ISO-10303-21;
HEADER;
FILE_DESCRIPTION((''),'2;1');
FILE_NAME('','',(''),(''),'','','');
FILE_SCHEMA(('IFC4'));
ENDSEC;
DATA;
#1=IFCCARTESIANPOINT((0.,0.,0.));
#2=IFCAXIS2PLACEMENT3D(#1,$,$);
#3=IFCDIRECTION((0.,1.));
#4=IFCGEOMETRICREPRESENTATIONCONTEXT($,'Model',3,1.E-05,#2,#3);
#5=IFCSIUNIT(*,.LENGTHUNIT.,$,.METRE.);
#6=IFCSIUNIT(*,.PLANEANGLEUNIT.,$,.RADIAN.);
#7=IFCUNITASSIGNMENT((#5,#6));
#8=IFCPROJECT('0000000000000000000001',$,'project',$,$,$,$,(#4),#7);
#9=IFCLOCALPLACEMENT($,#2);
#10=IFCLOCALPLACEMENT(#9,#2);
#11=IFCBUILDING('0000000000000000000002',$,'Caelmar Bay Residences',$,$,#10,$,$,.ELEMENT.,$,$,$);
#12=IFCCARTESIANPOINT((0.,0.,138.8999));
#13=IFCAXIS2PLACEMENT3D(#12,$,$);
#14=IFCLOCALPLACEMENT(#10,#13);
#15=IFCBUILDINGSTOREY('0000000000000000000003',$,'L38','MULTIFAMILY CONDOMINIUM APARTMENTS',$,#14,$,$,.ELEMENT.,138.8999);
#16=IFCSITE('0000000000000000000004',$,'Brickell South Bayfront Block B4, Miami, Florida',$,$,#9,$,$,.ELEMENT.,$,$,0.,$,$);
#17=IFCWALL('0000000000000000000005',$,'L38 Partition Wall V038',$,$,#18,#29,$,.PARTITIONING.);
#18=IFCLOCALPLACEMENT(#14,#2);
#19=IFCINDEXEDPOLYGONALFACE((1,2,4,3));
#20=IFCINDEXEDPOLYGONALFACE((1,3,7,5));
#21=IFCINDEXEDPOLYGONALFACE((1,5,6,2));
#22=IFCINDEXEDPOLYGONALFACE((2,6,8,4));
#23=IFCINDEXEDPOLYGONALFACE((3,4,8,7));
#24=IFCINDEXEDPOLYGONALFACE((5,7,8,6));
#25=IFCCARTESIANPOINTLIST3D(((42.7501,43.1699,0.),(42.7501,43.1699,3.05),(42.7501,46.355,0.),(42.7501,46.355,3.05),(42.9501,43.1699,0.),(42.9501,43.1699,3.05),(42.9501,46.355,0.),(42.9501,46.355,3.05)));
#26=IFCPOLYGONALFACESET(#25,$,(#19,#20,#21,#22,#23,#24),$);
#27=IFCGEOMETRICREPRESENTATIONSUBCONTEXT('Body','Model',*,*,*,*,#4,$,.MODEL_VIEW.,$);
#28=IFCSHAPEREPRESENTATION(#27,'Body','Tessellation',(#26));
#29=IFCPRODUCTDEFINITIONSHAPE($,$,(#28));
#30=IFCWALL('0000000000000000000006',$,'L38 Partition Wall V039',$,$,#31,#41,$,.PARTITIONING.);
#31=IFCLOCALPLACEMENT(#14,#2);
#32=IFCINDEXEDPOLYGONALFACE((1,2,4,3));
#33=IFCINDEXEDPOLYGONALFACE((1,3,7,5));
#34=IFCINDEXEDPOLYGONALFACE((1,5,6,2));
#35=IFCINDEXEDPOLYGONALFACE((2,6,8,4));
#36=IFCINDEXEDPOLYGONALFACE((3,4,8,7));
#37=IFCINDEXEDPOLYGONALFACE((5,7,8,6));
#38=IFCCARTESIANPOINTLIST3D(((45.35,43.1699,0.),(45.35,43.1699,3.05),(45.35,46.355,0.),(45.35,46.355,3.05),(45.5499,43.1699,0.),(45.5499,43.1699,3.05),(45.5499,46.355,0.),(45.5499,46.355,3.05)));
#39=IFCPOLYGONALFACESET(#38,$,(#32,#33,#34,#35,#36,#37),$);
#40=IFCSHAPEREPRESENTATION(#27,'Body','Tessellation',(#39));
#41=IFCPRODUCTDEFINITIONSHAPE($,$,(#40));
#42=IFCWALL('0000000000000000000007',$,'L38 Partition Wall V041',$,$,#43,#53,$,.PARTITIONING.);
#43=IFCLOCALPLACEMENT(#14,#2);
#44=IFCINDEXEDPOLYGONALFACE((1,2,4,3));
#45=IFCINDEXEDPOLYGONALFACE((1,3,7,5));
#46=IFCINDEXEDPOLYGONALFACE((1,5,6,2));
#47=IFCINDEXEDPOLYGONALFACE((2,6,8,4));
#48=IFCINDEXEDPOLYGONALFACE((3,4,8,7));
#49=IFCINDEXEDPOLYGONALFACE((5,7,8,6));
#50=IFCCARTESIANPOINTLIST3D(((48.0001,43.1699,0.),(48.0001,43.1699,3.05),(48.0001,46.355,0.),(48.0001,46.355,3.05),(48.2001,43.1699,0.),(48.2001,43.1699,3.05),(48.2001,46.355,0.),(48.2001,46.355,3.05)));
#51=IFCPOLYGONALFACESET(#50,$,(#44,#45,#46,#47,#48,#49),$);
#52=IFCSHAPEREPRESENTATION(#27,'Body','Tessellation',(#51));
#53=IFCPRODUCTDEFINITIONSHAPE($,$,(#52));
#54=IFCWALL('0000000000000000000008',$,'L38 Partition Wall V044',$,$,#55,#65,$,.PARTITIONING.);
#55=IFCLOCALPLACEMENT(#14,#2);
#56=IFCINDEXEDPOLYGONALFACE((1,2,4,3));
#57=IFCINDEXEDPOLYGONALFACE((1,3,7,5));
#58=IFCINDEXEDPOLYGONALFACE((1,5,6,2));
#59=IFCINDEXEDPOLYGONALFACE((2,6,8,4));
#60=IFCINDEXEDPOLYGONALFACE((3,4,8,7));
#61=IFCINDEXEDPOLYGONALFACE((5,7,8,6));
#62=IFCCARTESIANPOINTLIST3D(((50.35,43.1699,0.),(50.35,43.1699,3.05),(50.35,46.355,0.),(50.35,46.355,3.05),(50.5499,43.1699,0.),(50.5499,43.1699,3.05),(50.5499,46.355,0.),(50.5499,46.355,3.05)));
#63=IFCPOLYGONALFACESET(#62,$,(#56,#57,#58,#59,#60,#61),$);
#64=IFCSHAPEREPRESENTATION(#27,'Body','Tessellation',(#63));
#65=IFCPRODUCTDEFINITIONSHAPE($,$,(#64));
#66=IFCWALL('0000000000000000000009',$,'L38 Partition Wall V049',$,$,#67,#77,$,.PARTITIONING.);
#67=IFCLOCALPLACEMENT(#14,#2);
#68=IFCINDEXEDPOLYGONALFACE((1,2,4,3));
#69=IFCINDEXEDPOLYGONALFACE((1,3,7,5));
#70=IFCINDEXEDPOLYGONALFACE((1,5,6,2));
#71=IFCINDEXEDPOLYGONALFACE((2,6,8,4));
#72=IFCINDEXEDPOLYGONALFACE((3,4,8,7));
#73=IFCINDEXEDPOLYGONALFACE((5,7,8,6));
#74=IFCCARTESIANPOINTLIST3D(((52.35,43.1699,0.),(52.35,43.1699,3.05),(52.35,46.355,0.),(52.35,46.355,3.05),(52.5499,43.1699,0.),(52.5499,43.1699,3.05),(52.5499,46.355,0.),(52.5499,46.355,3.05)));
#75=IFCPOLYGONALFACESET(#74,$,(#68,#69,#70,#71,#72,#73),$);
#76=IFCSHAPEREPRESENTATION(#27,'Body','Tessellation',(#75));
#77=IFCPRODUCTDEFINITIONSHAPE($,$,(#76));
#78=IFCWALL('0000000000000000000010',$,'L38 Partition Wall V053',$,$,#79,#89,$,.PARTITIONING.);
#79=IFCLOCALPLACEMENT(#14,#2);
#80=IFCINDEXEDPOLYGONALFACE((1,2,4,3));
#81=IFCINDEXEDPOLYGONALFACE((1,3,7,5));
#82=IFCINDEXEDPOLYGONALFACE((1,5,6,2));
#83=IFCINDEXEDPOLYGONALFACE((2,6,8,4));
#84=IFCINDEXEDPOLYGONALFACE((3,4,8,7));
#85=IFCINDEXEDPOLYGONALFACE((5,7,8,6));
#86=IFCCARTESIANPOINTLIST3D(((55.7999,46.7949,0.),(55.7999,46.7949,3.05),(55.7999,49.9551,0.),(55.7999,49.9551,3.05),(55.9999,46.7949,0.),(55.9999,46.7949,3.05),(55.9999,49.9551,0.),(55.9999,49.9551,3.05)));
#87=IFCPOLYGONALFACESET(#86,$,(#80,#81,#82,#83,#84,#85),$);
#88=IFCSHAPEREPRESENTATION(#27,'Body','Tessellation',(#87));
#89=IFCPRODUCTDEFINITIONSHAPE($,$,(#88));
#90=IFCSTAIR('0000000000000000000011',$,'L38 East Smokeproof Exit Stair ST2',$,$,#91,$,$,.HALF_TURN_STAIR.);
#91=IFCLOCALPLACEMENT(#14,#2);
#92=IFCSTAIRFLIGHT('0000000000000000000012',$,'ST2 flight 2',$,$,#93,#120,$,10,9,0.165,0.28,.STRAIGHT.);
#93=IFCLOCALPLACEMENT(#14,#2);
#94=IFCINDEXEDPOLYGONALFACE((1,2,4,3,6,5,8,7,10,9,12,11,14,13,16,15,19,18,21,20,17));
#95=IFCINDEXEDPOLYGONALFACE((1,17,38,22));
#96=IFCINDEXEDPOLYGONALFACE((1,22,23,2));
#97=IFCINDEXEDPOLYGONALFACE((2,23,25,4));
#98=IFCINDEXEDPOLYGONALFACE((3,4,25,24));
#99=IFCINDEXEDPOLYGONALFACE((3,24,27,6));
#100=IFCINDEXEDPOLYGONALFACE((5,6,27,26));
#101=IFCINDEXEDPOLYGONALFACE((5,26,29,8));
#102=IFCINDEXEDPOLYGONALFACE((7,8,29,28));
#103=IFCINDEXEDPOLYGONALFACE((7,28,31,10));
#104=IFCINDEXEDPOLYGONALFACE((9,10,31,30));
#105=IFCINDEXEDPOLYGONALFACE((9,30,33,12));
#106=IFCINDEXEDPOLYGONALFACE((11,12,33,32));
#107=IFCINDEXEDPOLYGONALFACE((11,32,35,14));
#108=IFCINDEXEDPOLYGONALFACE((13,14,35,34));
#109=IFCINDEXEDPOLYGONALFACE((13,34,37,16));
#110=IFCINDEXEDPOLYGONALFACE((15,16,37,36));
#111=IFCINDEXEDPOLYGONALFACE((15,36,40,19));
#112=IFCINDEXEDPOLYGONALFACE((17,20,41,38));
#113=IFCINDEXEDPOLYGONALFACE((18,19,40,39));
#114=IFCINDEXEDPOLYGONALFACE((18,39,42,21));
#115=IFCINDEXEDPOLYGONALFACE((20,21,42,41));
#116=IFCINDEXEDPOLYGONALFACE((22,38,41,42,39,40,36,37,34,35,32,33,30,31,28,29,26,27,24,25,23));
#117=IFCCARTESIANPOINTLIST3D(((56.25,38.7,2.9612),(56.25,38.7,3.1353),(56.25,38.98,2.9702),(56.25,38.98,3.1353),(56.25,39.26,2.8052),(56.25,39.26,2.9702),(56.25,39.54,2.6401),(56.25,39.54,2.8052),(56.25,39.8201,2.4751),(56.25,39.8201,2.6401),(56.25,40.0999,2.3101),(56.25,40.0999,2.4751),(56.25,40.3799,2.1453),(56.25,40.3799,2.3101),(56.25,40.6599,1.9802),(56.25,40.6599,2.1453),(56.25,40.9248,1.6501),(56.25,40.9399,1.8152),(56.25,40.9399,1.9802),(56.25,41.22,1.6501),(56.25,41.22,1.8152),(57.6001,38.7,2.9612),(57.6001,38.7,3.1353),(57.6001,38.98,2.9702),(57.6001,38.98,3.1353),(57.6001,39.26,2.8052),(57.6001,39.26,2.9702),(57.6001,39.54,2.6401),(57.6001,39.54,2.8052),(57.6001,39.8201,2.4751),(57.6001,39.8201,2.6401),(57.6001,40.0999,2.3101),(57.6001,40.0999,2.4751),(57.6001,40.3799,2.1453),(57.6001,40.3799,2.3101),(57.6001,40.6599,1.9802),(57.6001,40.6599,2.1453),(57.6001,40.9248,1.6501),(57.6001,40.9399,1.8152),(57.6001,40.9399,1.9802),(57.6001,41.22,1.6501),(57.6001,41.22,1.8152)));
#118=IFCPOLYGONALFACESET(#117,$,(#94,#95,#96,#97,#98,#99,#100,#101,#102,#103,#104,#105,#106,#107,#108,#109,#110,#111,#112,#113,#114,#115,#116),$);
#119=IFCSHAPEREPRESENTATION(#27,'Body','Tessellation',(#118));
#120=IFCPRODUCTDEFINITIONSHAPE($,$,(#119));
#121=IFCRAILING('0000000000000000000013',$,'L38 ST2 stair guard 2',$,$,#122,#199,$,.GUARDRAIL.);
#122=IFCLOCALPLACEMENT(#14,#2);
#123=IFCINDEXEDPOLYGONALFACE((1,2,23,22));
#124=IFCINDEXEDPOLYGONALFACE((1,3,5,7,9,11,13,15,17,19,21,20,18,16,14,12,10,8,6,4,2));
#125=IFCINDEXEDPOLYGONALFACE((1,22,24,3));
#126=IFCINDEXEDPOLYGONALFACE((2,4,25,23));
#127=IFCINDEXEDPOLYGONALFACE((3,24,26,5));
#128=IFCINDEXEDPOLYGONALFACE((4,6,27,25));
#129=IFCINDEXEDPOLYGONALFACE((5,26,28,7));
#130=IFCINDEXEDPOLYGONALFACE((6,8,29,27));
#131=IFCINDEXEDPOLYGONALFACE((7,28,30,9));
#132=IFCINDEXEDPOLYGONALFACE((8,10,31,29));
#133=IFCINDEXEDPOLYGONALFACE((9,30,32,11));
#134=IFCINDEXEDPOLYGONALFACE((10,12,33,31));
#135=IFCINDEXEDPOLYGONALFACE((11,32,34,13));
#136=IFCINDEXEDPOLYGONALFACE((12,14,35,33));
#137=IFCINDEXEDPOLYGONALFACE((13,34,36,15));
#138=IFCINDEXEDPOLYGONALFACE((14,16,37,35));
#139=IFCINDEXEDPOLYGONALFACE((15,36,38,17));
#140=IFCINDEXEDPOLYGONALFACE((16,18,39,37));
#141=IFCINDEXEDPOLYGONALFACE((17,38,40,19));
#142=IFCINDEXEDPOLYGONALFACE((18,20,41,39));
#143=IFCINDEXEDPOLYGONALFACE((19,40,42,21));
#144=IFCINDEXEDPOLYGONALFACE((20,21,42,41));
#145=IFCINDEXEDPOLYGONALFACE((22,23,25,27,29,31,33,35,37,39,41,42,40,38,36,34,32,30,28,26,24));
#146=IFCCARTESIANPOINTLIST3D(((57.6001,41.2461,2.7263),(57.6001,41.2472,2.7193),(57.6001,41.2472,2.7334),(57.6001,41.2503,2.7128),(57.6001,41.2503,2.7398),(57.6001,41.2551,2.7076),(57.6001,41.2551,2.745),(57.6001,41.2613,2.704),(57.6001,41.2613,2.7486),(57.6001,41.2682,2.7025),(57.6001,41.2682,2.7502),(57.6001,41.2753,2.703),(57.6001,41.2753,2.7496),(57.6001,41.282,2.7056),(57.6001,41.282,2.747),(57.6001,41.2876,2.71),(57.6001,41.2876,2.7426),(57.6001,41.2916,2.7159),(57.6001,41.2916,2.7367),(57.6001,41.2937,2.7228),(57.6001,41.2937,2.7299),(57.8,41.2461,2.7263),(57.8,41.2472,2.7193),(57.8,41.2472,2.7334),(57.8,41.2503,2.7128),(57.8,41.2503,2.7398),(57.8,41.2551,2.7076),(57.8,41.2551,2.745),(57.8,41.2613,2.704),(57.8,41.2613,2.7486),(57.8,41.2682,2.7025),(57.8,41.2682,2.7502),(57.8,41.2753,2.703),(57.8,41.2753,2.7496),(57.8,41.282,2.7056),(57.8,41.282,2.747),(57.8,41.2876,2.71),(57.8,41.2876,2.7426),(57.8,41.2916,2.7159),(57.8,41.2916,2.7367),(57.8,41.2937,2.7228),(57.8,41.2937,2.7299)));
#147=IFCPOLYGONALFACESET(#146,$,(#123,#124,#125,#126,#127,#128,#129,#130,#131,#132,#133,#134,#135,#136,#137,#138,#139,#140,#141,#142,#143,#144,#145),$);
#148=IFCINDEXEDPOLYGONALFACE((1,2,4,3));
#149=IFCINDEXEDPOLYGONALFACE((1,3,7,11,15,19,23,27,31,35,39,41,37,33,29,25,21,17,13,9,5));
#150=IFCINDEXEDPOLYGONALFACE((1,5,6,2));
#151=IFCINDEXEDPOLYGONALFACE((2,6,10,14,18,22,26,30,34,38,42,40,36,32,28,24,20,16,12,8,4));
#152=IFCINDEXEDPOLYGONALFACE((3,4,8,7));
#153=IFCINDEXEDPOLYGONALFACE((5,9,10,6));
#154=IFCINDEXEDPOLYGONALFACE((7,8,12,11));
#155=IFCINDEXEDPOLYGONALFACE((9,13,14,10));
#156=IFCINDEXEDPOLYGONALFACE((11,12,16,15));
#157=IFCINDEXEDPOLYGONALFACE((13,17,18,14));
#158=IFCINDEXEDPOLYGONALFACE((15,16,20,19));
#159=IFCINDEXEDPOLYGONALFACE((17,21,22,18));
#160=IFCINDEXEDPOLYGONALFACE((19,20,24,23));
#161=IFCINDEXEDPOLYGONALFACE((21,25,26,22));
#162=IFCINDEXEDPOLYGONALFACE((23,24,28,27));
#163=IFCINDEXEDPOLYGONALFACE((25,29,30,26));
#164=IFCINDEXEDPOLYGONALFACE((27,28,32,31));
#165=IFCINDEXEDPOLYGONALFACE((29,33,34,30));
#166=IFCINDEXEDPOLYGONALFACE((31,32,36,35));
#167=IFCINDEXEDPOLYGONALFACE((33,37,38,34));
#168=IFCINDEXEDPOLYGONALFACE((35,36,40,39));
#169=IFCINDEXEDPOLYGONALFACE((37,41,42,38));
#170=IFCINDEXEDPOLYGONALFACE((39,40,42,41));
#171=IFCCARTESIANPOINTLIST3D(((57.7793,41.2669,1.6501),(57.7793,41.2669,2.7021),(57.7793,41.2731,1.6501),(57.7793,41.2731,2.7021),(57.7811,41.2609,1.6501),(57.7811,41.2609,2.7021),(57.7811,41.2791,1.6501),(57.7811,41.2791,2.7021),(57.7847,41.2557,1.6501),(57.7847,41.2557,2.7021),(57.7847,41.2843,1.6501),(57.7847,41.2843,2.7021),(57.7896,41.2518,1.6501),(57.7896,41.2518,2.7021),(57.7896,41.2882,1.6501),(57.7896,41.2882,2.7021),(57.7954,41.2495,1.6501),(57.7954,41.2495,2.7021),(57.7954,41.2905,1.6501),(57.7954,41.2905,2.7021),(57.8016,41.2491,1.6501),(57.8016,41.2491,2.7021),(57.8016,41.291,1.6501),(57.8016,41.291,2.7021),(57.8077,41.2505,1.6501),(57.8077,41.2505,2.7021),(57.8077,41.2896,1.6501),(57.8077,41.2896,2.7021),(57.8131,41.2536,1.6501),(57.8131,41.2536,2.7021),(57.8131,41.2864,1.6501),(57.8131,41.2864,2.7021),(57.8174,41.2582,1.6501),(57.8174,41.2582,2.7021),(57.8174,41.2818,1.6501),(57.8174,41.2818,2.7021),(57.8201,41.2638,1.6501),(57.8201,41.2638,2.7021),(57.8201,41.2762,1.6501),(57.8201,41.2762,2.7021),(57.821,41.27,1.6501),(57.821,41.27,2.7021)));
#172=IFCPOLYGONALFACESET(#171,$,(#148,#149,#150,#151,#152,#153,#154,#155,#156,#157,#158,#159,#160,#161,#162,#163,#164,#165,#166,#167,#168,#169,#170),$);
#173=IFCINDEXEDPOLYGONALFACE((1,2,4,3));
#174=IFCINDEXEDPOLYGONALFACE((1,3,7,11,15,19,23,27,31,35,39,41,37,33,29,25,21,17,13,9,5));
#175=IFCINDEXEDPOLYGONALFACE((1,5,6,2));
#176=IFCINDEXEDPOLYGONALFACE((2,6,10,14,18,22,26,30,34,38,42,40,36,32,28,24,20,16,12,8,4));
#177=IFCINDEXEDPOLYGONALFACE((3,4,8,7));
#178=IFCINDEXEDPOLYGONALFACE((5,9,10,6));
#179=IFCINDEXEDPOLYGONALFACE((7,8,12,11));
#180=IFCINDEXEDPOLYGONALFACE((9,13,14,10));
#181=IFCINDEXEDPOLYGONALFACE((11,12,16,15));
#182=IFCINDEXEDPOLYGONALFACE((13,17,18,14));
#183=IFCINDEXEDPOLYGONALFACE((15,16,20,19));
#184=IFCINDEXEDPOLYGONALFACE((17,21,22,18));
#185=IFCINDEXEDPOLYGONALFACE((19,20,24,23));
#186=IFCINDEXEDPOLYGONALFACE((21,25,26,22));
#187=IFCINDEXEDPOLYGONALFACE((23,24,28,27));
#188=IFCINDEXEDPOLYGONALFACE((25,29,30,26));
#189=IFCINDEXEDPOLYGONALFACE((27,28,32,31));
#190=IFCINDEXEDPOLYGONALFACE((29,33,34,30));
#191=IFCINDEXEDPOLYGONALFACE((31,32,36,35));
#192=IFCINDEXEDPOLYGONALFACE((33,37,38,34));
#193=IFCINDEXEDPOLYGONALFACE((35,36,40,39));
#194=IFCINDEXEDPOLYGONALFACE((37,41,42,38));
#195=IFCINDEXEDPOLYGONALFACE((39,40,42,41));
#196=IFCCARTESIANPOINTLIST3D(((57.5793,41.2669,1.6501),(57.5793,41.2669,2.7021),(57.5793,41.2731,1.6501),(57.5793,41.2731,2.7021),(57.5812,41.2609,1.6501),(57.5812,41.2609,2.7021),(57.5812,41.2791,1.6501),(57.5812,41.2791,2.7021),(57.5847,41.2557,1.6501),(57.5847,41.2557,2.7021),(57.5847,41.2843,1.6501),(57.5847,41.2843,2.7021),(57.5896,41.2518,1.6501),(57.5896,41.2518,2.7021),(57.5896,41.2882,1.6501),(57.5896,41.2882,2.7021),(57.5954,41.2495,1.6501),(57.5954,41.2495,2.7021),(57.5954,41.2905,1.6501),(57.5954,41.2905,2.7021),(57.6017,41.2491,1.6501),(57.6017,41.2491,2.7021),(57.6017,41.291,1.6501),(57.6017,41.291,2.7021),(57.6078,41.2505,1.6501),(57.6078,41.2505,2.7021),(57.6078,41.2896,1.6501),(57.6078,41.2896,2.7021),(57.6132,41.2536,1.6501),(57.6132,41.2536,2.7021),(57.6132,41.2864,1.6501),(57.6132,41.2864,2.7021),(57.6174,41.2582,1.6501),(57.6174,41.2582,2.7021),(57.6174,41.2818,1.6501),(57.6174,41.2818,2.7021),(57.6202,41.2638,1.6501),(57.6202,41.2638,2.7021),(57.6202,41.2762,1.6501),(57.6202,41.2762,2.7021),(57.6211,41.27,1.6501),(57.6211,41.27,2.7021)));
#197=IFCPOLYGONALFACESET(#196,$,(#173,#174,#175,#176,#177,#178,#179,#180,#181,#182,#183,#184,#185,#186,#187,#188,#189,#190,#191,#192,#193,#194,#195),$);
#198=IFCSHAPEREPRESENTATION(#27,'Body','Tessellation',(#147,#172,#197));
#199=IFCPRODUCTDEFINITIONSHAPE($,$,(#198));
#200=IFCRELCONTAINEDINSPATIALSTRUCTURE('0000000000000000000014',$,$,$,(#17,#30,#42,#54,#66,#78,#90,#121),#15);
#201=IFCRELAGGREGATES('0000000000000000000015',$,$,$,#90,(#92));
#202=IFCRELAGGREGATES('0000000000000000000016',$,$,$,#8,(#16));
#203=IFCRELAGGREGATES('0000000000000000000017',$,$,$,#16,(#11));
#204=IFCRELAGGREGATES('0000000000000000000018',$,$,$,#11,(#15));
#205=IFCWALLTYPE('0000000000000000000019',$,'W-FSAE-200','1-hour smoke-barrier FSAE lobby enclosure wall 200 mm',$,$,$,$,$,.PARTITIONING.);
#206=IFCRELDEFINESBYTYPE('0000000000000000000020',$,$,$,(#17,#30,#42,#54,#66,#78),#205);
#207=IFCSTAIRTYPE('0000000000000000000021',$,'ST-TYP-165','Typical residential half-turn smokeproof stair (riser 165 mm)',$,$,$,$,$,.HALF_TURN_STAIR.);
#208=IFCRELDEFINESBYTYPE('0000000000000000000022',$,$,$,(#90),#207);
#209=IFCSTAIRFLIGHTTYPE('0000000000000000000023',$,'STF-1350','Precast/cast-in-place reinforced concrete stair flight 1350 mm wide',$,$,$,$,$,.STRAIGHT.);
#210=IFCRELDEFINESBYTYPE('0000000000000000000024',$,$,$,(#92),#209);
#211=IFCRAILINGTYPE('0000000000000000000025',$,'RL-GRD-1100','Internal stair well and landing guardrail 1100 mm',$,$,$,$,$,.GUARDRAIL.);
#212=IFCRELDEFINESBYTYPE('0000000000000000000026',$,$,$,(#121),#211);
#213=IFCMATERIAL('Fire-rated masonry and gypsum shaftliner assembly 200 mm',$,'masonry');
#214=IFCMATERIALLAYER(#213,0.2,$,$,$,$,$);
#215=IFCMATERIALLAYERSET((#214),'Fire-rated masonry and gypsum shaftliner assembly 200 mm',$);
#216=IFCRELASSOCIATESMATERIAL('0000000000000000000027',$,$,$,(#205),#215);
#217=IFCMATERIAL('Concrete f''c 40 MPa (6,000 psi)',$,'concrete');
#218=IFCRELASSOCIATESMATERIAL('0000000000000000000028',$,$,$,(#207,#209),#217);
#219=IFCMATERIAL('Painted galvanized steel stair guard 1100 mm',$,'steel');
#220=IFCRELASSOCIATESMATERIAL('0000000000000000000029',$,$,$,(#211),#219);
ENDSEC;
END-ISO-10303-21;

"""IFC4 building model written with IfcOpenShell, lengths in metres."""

from ifc_helpers import new_model, si_unit, direction, frame, frame_2d, origin, origin_2d, place, context, subcontext, project, spatial, polyline, rectangle, circle, outline, extrude, material, layer, layer_set, type_object, element, aggregate, save


model = new_model("IFC4")

# Units and contexts
model_context = context("Model", 3, precision=1e-05, world=origin(), true_north=direction((0.0, 1.0)))
body_context = subcontext(model_context, "Body", "Model", "MODEL_VIEW")
ifc_project = project(units=[si_unit("LENGTHUNIT", "METRE"), si_unit("PLANEANGLEUNIT", "RADIAN")], contexts=[model_context])

# Site, building, storey
site_placement = place(None, origin())
site = spatial("IfcSite", under=ifc_project, at=site_placement, Name="Brickell South Bayfront Block B4, Miami, Florida", CompositionType="ELEMENT", RefElevation=0.0)
building_placement = place(site_placement, origin())
building = spatial("IfcBuilding", under=site, at=building_placement, Name="Caelmar Bay Residences", CompositionType="ELEMENT")
storey_placement = place(building_placement, frame((0.0, 0.0, 138.8999)))
storey = spatial("IfcBuildingStorey", under=building, at=storey_placement, Name="L38", Description="MULTIFAMILY CONDOMINIUM APARTMENTS", CompositionType="ELEMENT", Elevation=138.8999)

# Walls
ifc_material_1 = material(Name="Fire-rated masonry and gypsum shaftliner assembly 200 mm", Category="masonry")
ifc_layer_1 = layer(ifc_material_1, 0.2)
ifc_layer_set_1 = layer_set([ifc_layer_1], Name="Fire-rated masonry and gypsum shaftliner assembly 200 mm")
wall_type_1 = type_object("IfcWallType", Name="W-FSAE-200", Description="1-hour smoke-barrier FSAE lobby enclosure wall 200 mm", PredefinedType="PARTITIONING", material=ifc_layer_set_1)
for number, where, z_axis, x_axis, name in (
    (1, (42.8501, 43.1699, 0.0), (0.0, 0.0, 1.0), (0.0, 1.0, 0.0), "L38 Partition Wall V038"),
    (2, (45.45, 43.1699, 0.0), (0.0, 0.0, 1.0), (0.0, 1.0, 0.0), "L38 Partition Wall V039"),
    (3, (48.1001, 43.1699, 0.0), (0.0, 0.0, 1.0), (0.0, 1.0, 0.0), "L38 Partition Wall V041"),
    (4, (50.45, 43.1699, 0.0), (0.0, 0.0, 1.0), (0.0, 1.0, 0.0), "L38 Partition Wall V044"),
    (5, (52.45, 43.1699, 0.0), (0.0, 0.0, 1.0), (0.0, 1.0, 0.0), "L38 Partition Wall V049"),
):
    element("IfcWall", number, at=place(storey_placement, frame(where, z_axis=z_axis, x_axis=x_axis)), inside=storey, type_object=wall_type_1, Name=name, PredefinedType="PARTITIONING", context=body_context, shape_type="SweptSolid", body=[
        extrude(rectangle(XDim=3.1851, YDim=0.2, at=frame_2d((1.5925, 0.0))), origin(), (0.0, 0.0, 1.0), 3.05),
    ])
wall_1_placement = place(storey_placement, frame((55.8999, 46.7949, 0.0), z_axis=(0.0, 0.0, 1.0), x_axis=(0.0, 1.0, 0.0)))
element("IfcWall", 6, at=wall_1_placement, inside=storey, type_object=wall_type_1, Name="L38 Partition Wall V053", PredefinedType="PARTITIONING", context=body_context, shape_type="SweptSolid", body=[
    extrude(rectangle(XDim=3.1602, YDim=0.2, at=frame_2d((1.5801, 0.0))), origin(), (0.0, 0.0, 1.0), 3.05),
])

# Stair, stair flight
ifc_material_2 = material(Name="Concrete f'c 40 MPa (6,000 psi)", Category="concrete")
stair_type = type_object("IfcStairType", Name="ST-TYP-165", Description="Typical residential half-turn smokeproof stair (riser 165 mm)", PredefinedType="HALF_TURN_STAIR", material=ifc_material_2)
stair_placement = place(storey_placement, origin())
stair = element("IfcStair", 7, at=stair_placement, inside=storey, type_object=stair_type, Name="L38 East Smokeproof Exit Stair ST2", PredefinedType="HALF_TURN_STAIR")
stair_flight_type = type_object("IfcStairFlightType", Name="STF-1350", Description="Precast/cast-in-place reinforced concrete stair flight 1350 mm wide", PredefinedType="STRAIGHT", material=ifc_material_2)
stair_flight_placement = place(storey_placement, frame((56.925, 41.22, 1.6501), z_axis=(0.0, 0.0, 1.0), x_axis=(0.0, -1.0, 0.0)))
stair_flight = element("IfcStairFlight", 8, at=stair_flight_placement, type_object=stair_flight_type, Name="ST2 flight 2", NumberOfRisers=10, NumberOfTreads=9, PredefinedType="STRAIGHT", RiserHeight=0.165, TreadLength=0.28, context=body_context, shape_type="SweptSolid", body=[
    extrude(outline(polyline([(0.0, 0.0), (0.0, 0.165), (0.28, 0.165), (0.28, 0.3301), (0.5601, 0.3301), (0.5601, 0.4951), (0.8401, 0.4951), (0.8401, 0.6599), (1.1201, 0.6599), (1.1201, 0.825), (1.3999, 0.825), (1.3999, 0.99), (1.6799, 0.99), (1.6799, 1.155), (1.96, 1.155), (1.96, 1.3201), (2.24, 1.3201), (2.24, 1.4851), (2.52, 1.4851), (2.52, 1.6499), (2.52, 1.311), (0.2952, 0.0), (0.0, 0.0)])), frame((0.0, 0.675, 0.0), z_axis=(0.0, -1.0, 0.0), x_axis=(1.0, 0.0, 0.0)), (0.0, 0.0, 1.0), 1.3501),
])
aggregate(stair, [stair_flight])

# Railing
ifc_material_3 = material(Name="Painted galvanized steel stair guard 1100 mm", Category="steel")
railing_type = type_object("IfcRailingType", Name="RL-GRD-1100", Description="Internal stair well and landing guardrail 1100 mm", PredefinedType="GUARDRAIL", material=ifc_material_3)
railing_1_placement = place(storey_placement, frame((57.8, 41.27, 1.6501)))
element("IfcRailing", 9, at=railing_1_placement, inside=storey, type_object=railing_type, Name="L38 ST2 stair guard 2", PredefinedType="GUARDRAIL", context=body_context, shape_type="SweptSolid", body=[
    extrude(circle(Radius=0.0239, at=origin_2d()), frame((0.0, 0.0, 1.0762), z_axis=(-1.0, 0.0, 0.0), x_axis=(0.0, -1.0, 0.0)), (0.0, 0.0, 1.0), 0.2),
    extrude(circle(Radius=0.021, at=origin_2d()), origin(), (0.0, 0.0, 1.0), 1.052),
    extrude(circle(Radius=0.021, at=origin_2d()), frame((-0.2, 0.0, 0.0)), (0.0, 0.0, 1.0), 1.052),
])

save(model, "model.ifc")
